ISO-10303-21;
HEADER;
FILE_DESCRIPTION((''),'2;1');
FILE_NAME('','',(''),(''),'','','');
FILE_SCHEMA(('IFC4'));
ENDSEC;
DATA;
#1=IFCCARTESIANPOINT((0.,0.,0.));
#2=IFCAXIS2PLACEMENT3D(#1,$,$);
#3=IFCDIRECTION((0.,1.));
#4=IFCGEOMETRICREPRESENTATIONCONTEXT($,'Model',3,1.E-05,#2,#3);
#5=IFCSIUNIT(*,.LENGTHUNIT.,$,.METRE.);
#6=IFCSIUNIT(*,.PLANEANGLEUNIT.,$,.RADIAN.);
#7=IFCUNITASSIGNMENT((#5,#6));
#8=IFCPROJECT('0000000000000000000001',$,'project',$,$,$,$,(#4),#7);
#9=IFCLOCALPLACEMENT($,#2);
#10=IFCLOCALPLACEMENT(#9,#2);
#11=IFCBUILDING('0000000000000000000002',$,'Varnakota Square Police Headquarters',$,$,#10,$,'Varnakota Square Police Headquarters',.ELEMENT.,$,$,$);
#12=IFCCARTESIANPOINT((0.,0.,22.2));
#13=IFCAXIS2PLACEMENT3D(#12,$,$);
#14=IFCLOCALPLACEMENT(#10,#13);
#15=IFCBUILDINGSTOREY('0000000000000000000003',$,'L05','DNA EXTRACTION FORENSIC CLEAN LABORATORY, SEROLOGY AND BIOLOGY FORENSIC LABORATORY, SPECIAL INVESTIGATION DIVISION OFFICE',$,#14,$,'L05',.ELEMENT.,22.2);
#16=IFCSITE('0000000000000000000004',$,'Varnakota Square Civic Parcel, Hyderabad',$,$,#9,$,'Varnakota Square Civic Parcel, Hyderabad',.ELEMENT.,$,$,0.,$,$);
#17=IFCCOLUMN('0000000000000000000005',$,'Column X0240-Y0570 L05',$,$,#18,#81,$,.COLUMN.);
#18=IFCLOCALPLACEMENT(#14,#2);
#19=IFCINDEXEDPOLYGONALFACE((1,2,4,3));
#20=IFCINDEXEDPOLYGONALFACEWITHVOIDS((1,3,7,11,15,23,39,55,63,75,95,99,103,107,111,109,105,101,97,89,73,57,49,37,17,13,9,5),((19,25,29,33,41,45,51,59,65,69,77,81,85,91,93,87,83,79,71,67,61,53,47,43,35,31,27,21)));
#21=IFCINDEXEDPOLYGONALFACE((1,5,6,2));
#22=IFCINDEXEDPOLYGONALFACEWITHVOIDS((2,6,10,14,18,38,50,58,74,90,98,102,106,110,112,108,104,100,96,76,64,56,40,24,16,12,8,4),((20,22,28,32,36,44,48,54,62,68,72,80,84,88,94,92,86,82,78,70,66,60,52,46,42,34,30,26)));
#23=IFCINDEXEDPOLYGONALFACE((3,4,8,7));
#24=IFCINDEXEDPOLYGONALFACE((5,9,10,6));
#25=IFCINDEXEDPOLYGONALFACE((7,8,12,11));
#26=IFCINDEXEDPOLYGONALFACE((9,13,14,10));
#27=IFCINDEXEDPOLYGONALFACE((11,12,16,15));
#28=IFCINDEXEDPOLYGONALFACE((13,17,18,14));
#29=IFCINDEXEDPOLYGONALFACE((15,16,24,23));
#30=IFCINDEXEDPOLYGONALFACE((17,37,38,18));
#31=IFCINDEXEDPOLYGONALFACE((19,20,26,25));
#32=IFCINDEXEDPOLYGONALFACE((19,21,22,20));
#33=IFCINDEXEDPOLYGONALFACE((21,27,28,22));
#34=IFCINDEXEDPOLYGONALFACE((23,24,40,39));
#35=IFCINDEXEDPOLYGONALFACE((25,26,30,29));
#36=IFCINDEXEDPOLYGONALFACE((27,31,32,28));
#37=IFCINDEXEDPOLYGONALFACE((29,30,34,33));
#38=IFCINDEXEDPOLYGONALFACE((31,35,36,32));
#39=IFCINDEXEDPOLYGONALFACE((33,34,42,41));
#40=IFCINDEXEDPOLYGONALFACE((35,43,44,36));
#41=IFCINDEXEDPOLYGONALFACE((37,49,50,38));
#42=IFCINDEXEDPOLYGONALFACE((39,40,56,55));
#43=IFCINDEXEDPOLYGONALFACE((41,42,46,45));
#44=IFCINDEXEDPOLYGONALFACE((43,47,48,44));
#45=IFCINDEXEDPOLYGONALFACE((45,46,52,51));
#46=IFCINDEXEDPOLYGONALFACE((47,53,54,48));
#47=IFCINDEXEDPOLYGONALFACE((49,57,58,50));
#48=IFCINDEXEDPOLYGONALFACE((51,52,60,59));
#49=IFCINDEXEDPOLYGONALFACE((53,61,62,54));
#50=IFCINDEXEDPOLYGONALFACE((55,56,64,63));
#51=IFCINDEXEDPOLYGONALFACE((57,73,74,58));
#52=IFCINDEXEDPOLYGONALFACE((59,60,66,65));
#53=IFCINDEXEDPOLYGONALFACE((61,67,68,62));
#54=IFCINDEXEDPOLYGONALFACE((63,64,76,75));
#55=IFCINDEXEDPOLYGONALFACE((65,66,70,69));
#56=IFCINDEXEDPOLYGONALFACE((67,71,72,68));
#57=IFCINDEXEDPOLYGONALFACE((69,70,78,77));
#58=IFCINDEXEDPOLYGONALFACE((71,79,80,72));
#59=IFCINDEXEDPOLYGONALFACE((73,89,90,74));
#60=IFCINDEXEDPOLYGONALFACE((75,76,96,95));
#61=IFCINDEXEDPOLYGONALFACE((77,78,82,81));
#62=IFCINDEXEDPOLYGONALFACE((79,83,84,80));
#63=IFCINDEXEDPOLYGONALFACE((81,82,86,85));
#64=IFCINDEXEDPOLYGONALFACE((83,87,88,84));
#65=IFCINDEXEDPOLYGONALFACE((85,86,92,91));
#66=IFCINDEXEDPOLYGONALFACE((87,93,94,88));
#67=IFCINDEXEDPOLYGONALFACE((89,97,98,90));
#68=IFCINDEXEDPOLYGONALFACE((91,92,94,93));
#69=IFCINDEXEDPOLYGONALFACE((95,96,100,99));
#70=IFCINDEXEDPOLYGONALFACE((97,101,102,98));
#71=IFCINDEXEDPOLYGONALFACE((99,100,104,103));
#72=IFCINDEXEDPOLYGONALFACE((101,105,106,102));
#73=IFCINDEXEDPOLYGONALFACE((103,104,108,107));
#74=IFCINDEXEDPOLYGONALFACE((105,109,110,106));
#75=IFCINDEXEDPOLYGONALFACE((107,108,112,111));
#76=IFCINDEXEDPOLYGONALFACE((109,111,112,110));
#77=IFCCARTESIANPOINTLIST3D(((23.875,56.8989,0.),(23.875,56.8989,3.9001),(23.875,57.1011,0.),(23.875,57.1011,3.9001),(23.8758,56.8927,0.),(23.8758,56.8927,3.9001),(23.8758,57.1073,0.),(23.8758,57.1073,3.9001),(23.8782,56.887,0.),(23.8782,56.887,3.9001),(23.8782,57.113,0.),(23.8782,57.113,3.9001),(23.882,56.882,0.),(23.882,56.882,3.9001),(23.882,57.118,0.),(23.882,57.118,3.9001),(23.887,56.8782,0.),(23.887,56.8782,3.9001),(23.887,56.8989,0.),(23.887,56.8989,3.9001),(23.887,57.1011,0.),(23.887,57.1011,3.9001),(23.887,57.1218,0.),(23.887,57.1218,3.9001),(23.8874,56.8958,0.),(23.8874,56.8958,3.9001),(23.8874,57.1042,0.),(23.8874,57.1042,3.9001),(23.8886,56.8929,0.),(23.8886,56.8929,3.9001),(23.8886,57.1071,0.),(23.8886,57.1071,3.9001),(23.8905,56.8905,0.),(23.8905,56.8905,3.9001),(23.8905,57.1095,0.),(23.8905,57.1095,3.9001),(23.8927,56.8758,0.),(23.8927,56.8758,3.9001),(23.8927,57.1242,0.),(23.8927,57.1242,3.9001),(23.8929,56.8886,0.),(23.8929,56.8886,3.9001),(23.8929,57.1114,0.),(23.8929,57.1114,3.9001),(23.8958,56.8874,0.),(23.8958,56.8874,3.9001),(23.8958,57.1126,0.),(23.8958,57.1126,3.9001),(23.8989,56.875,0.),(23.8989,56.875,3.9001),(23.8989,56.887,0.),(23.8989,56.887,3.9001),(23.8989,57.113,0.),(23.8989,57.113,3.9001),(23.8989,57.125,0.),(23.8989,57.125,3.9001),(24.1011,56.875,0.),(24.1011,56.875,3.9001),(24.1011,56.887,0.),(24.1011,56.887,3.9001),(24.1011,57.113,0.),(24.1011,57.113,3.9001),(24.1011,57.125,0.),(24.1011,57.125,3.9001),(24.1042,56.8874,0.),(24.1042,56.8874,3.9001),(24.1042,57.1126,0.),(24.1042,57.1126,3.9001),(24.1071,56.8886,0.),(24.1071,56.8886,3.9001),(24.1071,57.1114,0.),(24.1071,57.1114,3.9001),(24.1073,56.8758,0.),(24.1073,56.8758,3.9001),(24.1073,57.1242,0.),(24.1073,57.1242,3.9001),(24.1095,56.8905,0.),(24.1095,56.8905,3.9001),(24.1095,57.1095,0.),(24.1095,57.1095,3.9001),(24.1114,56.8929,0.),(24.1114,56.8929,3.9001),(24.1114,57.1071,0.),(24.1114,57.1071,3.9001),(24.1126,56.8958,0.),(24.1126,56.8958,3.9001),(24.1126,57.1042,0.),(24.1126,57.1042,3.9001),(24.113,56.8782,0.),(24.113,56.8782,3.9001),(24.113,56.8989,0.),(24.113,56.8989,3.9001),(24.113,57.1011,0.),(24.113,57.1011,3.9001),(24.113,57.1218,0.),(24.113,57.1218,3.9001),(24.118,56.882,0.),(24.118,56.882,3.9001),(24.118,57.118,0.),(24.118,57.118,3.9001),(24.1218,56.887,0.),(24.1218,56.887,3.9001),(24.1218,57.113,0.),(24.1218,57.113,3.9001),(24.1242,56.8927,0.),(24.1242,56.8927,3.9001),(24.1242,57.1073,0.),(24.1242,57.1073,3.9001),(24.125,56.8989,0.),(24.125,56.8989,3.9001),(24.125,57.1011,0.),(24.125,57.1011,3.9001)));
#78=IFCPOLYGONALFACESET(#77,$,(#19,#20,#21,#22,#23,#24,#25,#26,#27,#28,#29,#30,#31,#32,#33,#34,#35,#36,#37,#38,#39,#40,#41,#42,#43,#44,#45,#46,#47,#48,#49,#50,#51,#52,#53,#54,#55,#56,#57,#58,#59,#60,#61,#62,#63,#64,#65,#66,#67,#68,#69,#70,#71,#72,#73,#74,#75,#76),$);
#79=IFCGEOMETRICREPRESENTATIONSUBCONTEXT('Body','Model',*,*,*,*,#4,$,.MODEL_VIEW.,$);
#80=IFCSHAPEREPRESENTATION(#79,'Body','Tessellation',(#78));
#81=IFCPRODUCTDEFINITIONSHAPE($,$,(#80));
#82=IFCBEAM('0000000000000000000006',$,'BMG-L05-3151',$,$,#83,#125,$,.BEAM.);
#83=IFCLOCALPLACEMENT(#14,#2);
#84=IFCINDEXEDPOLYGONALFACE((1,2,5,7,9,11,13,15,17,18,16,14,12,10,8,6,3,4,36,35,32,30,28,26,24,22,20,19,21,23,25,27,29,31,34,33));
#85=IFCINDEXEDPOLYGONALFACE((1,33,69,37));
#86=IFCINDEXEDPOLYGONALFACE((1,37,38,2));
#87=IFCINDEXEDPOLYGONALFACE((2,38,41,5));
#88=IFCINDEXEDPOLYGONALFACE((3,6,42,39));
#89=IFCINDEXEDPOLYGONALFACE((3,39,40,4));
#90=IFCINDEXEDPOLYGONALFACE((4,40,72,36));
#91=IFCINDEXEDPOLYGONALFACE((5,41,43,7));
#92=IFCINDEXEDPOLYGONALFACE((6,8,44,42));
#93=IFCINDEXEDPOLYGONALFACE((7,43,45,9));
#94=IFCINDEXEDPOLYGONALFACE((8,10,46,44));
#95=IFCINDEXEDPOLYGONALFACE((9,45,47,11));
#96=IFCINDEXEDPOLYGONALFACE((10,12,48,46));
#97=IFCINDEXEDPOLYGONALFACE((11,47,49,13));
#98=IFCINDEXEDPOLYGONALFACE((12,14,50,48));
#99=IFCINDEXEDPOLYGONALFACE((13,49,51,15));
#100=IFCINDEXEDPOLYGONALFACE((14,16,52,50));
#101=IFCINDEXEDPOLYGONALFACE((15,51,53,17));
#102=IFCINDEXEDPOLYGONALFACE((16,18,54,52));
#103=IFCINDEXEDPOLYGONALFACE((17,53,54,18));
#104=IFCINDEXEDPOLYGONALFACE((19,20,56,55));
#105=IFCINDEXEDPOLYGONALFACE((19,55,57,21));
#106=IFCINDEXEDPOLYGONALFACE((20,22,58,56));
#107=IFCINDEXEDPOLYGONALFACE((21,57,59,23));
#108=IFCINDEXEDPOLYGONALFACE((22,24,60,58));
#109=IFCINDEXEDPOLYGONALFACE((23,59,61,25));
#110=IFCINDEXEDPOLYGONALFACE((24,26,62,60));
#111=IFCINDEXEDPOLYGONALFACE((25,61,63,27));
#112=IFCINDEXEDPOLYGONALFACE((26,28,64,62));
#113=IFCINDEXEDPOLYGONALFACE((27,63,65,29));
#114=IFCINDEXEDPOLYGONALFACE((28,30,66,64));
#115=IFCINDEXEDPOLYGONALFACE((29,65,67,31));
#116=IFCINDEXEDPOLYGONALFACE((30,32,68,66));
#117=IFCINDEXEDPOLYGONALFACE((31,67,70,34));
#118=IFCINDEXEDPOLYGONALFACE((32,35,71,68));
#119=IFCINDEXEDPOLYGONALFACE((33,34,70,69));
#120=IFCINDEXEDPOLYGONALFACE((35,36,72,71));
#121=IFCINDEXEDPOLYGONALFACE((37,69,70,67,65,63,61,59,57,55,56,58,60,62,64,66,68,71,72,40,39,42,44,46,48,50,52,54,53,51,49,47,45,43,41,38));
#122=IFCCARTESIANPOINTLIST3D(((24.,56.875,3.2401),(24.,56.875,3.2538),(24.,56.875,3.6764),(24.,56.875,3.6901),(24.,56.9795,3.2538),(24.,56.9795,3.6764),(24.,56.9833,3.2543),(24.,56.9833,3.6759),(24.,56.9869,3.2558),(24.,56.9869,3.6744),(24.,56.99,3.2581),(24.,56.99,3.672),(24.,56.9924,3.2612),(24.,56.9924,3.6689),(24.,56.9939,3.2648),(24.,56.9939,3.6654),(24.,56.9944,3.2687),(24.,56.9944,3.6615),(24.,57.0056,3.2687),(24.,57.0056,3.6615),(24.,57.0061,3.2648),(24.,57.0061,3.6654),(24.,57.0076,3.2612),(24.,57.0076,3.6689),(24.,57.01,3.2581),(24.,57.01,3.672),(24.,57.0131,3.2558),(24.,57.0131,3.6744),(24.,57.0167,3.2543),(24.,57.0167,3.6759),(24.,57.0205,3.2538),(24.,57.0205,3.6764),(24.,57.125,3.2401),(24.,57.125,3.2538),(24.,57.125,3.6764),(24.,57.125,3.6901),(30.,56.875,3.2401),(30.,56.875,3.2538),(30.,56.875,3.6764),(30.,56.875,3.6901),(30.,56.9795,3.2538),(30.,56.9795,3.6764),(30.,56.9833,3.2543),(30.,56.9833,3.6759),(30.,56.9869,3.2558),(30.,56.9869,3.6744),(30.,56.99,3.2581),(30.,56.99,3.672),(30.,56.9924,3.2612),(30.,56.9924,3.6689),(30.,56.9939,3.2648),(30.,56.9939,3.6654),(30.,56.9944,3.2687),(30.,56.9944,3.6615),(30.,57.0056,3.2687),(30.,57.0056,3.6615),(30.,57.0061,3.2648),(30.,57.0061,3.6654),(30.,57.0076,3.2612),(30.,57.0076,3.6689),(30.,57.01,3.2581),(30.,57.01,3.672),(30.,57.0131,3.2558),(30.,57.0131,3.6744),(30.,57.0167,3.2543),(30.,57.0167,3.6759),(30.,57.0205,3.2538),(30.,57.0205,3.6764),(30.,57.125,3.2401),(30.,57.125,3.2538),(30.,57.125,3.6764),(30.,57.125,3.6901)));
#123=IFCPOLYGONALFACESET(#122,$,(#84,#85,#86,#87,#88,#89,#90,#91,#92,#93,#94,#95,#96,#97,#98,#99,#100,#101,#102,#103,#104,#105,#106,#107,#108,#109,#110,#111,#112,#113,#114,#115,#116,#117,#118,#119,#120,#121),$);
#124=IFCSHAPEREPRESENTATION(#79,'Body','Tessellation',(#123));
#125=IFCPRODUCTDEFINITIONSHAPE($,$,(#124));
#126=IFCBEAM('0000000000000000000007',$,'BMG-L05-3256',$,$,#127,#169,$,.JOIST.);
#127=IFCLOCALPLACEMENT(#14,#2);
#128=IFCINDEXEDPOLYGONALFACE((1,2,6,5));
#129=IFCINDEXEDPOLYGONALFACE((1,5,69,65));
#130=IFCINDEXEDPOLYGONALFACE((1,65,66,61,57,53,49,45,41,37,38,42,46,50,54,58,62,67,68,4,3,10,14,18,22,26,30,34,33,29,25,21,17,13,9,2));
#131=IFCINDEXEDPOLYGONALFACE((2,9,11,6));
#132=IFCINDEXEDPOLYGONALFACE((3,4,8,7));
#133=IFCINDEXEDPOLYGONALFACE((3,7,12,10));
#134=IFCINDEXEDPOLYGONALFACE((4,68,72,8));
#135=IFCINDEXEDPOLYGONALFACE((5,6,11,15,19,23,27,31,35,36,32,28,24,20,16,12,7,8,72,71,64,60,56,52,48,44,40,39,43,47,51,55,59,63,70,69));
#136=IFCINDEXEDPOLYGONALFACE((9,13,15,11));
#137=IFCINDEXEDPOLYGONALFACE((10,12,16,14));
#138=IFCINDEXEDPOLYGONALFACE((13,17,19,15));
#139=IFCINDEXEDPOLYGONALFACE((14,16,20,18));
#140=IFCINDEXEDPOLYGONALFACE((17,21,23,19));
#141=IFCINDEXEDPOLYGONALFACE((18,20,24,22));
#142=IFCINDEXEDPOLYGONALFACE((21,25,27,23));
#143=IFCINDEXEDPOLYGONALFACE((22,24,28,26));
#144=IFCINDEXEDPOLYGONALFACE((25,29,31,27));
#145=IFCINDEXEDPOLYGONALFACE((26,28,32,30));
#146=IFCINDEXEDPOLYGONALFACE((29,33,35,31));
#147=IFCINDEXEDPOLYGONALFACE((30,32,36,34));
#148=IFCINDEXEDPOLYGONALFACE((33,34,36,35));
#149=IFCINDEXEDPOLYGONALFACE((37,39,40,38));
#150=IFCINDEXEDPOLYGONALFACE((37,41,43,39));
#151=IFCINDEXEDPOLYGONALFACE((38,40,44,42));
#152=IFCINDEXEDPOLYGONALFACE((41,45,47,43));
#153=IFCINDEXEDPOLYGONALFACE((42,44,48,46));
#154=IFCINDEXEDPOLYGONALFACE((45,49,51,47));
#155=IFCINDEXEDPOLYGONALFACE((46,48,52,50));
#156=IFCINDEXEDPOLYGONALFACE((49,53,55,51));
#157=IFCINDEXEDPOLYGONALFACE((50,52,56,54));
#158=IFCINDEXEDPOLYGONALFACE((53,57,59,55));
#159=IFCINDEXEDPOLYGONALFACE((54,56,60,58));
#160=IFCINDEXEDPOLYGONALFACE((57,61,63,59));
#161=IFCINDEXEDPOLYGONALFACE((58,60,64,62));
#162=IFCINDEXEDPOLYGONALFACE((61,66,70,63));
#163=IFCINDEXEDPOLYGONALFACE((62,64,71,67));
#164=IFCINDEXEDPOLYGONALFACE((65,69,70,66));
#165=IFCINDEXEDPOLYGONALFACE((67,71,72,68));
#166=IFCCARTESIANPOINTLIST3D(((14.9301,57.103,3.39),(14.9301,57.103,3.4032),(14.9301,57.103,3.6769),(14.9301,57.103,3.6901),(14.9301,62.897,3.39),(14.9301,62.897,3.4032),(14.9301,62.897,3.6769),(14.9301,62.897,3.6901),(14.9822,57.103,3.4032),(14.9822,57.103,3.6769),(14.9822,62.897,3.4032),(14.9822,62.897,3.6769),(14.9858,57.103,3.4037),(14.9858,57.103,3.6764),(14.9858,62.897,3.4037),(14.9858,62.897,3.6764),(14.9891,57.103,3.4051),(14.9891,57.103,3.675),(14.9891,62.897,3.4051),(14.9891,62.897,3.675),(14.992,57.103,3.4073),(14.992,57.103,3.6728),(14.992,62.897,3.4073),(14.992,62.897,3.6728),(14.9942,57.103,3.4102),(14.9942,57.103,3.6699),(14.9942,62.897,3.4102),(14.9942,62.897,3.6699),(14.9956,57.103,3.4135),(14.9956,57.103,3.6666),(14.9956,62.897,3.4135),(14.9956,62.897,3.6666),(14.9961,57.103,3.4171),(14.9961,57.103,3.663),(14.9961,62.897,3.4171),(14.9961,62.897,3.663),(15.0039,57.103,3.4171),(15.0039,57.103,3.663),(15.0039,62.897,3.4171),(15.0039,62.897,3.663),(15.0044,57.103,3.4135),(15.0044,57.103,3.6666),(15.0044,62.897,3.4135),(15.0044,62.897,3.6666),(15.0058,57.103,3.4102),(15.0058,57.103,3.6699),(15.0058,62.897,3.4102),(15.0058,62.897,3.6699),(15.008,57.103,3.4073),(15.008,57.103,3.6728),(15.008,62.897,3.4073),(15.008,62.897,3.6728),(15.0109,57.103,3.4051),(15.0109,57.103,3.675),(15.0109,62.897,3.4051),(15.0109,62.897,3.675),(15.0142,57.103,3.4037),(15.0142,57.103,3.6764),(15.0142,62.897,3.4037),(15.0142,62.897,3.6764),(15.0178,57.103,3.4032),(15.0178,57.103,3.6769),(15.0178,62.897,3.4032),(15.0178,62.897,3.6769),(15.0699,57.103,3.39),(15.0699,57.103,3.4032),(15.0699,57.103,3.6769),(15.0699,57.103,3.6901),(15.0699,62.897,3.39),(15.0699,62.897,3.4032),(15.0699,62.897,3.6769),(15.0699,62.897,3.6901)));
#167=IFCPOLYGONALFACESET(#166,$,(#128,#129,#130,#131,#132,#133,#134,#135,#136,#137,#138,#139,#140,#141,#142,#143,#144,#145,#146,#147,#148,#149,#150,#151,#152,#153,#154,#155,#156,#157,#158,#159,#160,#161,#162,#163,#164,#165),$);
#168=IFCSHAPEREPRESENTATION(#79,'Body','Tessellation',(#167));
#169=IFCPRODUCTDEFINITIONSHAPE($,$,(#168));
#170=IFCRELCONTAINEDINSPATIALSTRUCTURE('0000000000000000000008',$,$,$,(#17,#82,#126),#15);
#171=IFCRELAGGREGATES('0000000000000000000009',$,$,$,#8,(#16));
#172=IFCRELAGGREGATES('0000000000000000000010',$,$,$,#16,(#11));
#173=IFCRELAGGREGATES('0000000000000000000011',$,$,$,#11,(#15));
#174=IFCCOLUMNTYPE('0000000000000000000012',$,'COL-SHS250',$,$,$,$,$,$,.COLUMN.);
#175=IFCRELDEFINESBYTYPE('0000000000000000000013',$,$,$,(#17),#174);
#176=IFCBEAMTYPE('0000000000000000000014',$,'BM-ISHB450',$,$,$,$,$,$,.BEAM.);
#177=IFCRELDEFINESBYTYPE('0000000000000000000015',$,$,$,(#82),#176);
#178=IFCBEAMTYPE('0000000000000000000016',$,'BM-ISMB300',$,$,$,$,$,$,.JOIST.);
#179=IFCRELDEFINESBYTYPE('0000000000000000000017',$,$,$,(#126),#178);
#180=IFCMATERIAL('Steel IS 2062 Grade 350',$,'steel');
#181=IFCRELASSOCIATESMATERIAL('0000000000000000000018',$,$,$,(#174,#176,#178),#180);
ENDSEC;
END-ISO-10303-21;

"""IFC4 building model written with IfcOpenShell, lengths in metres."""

from ifc_helpers import new_model, si_unit, direction, frame, origin, origin_2d, place, context, subcontext, project, spatial, hollow_rectangle, i_section, extrude, material, material_profile, profile_set, type_object, element, save


model = new_model("IFC4")

# Units and contexts
model_context = context("Model", 3, precision=1e-05, world=origin(), true_north=direction((0.0, 1.0)))
body_context = subcontext(model_context, "Body", "Model", "MODEL_VIEW")
ifc_project = project(units=[si_unit("LENGTHUNIT", "METRE"), si_unit("PLANEANGLEUNIT", "RADIAN")], contexts=[model_context])

# Site, building, storey
site_placement = place(None, origin())
site = spatial("IfcSite", under=ifc_project, at=site_placement, Name="Varnakota Square Civic Parcel, Hyderabad", LongName="Varnakota Square Civic Parcel, Hyderabad", CompositionType="ELEMENT", RefElevation=0.0)
building_placement = place(site_placement, origin())
building = spatial("IfcBuilding", under=site, at=building_placement, Name="Varnakota Square Police Headquarters", LongName="Varnakota Square Police Headquarters", CompositionType="ELEMENT")
storey_placement = place(building_placement, frame((0.0, 0.0, 22.2)))
storey = spatial("IfcBuildingStorey", under=building, at=storey_placement, Name="L05", Description="DNA EXTRACTION FORENSIC CLEAN LABORATORY, SEROLOGY AND BIOLOGY FORENSIC LABORATORY, SPECIAL INVESTIGATION DIVISION OFFICE", LongName="L05", CompositionType="ELEMENT", Elevation=22.2)

# Column
ifc_material_1 = material(Name="Steel IS 2062 Grade 350", Category="steel")
ifc_material_profile_1 = material_profile(ifc_material_1, hollow_rectangle(XDim=0.25, YDim=0.25, WallThickness=0.012, InnerFilletRadius=0.012, OuterFilletRadius=0.0239, at=origin_2d()), Name="SHS 250x250x12")
ifc_profile_set_1 = profile_set([ifc_material_profile_1], Name="Steel IS 2062 Grade 350")
column_type_1 = type_object("IfcColumnType", Name="COL-SHS250", PredefinedType="COLUMN", material=ifc_profile_set_1)
for number, where, z_axis, x_axis, name in (
    (1, (24.0, 57.0, 0.0), (0.0, 0.0, 1.0), (1.0, 0.0, 0.0), "Column X0240-Y0570 L05"),
):
    element("IfcColumn", number, at=place(storey_placement, frame(where, z_axis=z_axis, x_axis=x_axis)), inside=storey, type_object=column_type_1, Name=name, PredefinedType="COLUMN", context=body_context, shape_type="SweptSolid", body=[
        extrude(hollow_rectangle(XDim=0.25, YDim=0.25, WallThickness=0.012, InnerFilletRadius=0.012, OuterFilletRadius=0.0239, at=origin_2d()), origin(), (0.0, 0.0, 1.0), 3.9001),
    ])

# Beams
ifc_material_profile_2 = material_profile(ifc_material_1, i_section(OverallWidth=0.25, OverallDepth=0.45, WebThickness=0.0112, FlangeThickness=0.0137, FilletRadius=0.0149, at=origin_2d()), Name="ISHB 450")
ifc_profile_set_2 = profile_set([ifc_material_profile_2], Name="Steel IS 2062 Grade 350")
beam_type_1 = type_object("IfcBeamType", Name="BM-ISHB450", PredefinedType="BEAM", material=ifc_profile_set_2)
beam_1_placement = place(storey_placement, frame((24.0, 57.0, 3.4651), z_axis=(1.0, 0.0, 0.0), x_axis=(0.0, 1.0, 0.0)))
element("IfcBeam", 2, at=beam_1_placement, inside=storey, type_object=beam_type_1, Name="BMG-L05-3151", PredefinedType="BEAM", context=body_context, shape_type="SweptSolid", body=[
    extrude(i_section(OverallWidth=0.25, OverallDepth=0.45, WebThickness=0.0112, FlangeThickness=0.0137, FilletRadius=0.0149, at=origin_2d()), origin(), (0.0, 0.0, 1.0), 6.0),
])
ifc_material_profile_3 = material_profile(ifc_material_1, i_section(OverallWidth=0.1399, OverallDepth=0.3, WebThickness=0.0078, FlangeThickness=0.0132, FilletRadius=0.0139, at=origin_2d()), Name="ISMB 300")
ifc_profile_set_3 = profile_set([ifc_material_profile_3], Name="Steel IS 2062 Grade 350")
beam_type_2 = type_object("IfcBeamType", Name="BM-ISMB300", PredefinedType="JOIST", material=ifc_profile_set_3)
beam_2_placement = place(storey_placement, frame((15.0, 57.103, 3.54), z_axis=(0.0, 1.0, 0.0), x_axis=(-1.0, 0.0, 0.0)))
element("IfcBeam", 3, at=beam_2_placement, inside=storey, type_object=beam_type_2, Name="BMG-L05-3256", PredefinedType="JOIST", context=body_context, shape_type="SweptSolid", body=[
    extrude(i_section(OverallWidth=0.1399, OverallDepth=0.3, WebThickness=0.0078, FlangeThickness=0.0132, FilletRadius=0.0139, at=origin_2d()), origin(), (0.0, 0.0, 1.0), 5.7939),
])

save(model, "model.ifc")
